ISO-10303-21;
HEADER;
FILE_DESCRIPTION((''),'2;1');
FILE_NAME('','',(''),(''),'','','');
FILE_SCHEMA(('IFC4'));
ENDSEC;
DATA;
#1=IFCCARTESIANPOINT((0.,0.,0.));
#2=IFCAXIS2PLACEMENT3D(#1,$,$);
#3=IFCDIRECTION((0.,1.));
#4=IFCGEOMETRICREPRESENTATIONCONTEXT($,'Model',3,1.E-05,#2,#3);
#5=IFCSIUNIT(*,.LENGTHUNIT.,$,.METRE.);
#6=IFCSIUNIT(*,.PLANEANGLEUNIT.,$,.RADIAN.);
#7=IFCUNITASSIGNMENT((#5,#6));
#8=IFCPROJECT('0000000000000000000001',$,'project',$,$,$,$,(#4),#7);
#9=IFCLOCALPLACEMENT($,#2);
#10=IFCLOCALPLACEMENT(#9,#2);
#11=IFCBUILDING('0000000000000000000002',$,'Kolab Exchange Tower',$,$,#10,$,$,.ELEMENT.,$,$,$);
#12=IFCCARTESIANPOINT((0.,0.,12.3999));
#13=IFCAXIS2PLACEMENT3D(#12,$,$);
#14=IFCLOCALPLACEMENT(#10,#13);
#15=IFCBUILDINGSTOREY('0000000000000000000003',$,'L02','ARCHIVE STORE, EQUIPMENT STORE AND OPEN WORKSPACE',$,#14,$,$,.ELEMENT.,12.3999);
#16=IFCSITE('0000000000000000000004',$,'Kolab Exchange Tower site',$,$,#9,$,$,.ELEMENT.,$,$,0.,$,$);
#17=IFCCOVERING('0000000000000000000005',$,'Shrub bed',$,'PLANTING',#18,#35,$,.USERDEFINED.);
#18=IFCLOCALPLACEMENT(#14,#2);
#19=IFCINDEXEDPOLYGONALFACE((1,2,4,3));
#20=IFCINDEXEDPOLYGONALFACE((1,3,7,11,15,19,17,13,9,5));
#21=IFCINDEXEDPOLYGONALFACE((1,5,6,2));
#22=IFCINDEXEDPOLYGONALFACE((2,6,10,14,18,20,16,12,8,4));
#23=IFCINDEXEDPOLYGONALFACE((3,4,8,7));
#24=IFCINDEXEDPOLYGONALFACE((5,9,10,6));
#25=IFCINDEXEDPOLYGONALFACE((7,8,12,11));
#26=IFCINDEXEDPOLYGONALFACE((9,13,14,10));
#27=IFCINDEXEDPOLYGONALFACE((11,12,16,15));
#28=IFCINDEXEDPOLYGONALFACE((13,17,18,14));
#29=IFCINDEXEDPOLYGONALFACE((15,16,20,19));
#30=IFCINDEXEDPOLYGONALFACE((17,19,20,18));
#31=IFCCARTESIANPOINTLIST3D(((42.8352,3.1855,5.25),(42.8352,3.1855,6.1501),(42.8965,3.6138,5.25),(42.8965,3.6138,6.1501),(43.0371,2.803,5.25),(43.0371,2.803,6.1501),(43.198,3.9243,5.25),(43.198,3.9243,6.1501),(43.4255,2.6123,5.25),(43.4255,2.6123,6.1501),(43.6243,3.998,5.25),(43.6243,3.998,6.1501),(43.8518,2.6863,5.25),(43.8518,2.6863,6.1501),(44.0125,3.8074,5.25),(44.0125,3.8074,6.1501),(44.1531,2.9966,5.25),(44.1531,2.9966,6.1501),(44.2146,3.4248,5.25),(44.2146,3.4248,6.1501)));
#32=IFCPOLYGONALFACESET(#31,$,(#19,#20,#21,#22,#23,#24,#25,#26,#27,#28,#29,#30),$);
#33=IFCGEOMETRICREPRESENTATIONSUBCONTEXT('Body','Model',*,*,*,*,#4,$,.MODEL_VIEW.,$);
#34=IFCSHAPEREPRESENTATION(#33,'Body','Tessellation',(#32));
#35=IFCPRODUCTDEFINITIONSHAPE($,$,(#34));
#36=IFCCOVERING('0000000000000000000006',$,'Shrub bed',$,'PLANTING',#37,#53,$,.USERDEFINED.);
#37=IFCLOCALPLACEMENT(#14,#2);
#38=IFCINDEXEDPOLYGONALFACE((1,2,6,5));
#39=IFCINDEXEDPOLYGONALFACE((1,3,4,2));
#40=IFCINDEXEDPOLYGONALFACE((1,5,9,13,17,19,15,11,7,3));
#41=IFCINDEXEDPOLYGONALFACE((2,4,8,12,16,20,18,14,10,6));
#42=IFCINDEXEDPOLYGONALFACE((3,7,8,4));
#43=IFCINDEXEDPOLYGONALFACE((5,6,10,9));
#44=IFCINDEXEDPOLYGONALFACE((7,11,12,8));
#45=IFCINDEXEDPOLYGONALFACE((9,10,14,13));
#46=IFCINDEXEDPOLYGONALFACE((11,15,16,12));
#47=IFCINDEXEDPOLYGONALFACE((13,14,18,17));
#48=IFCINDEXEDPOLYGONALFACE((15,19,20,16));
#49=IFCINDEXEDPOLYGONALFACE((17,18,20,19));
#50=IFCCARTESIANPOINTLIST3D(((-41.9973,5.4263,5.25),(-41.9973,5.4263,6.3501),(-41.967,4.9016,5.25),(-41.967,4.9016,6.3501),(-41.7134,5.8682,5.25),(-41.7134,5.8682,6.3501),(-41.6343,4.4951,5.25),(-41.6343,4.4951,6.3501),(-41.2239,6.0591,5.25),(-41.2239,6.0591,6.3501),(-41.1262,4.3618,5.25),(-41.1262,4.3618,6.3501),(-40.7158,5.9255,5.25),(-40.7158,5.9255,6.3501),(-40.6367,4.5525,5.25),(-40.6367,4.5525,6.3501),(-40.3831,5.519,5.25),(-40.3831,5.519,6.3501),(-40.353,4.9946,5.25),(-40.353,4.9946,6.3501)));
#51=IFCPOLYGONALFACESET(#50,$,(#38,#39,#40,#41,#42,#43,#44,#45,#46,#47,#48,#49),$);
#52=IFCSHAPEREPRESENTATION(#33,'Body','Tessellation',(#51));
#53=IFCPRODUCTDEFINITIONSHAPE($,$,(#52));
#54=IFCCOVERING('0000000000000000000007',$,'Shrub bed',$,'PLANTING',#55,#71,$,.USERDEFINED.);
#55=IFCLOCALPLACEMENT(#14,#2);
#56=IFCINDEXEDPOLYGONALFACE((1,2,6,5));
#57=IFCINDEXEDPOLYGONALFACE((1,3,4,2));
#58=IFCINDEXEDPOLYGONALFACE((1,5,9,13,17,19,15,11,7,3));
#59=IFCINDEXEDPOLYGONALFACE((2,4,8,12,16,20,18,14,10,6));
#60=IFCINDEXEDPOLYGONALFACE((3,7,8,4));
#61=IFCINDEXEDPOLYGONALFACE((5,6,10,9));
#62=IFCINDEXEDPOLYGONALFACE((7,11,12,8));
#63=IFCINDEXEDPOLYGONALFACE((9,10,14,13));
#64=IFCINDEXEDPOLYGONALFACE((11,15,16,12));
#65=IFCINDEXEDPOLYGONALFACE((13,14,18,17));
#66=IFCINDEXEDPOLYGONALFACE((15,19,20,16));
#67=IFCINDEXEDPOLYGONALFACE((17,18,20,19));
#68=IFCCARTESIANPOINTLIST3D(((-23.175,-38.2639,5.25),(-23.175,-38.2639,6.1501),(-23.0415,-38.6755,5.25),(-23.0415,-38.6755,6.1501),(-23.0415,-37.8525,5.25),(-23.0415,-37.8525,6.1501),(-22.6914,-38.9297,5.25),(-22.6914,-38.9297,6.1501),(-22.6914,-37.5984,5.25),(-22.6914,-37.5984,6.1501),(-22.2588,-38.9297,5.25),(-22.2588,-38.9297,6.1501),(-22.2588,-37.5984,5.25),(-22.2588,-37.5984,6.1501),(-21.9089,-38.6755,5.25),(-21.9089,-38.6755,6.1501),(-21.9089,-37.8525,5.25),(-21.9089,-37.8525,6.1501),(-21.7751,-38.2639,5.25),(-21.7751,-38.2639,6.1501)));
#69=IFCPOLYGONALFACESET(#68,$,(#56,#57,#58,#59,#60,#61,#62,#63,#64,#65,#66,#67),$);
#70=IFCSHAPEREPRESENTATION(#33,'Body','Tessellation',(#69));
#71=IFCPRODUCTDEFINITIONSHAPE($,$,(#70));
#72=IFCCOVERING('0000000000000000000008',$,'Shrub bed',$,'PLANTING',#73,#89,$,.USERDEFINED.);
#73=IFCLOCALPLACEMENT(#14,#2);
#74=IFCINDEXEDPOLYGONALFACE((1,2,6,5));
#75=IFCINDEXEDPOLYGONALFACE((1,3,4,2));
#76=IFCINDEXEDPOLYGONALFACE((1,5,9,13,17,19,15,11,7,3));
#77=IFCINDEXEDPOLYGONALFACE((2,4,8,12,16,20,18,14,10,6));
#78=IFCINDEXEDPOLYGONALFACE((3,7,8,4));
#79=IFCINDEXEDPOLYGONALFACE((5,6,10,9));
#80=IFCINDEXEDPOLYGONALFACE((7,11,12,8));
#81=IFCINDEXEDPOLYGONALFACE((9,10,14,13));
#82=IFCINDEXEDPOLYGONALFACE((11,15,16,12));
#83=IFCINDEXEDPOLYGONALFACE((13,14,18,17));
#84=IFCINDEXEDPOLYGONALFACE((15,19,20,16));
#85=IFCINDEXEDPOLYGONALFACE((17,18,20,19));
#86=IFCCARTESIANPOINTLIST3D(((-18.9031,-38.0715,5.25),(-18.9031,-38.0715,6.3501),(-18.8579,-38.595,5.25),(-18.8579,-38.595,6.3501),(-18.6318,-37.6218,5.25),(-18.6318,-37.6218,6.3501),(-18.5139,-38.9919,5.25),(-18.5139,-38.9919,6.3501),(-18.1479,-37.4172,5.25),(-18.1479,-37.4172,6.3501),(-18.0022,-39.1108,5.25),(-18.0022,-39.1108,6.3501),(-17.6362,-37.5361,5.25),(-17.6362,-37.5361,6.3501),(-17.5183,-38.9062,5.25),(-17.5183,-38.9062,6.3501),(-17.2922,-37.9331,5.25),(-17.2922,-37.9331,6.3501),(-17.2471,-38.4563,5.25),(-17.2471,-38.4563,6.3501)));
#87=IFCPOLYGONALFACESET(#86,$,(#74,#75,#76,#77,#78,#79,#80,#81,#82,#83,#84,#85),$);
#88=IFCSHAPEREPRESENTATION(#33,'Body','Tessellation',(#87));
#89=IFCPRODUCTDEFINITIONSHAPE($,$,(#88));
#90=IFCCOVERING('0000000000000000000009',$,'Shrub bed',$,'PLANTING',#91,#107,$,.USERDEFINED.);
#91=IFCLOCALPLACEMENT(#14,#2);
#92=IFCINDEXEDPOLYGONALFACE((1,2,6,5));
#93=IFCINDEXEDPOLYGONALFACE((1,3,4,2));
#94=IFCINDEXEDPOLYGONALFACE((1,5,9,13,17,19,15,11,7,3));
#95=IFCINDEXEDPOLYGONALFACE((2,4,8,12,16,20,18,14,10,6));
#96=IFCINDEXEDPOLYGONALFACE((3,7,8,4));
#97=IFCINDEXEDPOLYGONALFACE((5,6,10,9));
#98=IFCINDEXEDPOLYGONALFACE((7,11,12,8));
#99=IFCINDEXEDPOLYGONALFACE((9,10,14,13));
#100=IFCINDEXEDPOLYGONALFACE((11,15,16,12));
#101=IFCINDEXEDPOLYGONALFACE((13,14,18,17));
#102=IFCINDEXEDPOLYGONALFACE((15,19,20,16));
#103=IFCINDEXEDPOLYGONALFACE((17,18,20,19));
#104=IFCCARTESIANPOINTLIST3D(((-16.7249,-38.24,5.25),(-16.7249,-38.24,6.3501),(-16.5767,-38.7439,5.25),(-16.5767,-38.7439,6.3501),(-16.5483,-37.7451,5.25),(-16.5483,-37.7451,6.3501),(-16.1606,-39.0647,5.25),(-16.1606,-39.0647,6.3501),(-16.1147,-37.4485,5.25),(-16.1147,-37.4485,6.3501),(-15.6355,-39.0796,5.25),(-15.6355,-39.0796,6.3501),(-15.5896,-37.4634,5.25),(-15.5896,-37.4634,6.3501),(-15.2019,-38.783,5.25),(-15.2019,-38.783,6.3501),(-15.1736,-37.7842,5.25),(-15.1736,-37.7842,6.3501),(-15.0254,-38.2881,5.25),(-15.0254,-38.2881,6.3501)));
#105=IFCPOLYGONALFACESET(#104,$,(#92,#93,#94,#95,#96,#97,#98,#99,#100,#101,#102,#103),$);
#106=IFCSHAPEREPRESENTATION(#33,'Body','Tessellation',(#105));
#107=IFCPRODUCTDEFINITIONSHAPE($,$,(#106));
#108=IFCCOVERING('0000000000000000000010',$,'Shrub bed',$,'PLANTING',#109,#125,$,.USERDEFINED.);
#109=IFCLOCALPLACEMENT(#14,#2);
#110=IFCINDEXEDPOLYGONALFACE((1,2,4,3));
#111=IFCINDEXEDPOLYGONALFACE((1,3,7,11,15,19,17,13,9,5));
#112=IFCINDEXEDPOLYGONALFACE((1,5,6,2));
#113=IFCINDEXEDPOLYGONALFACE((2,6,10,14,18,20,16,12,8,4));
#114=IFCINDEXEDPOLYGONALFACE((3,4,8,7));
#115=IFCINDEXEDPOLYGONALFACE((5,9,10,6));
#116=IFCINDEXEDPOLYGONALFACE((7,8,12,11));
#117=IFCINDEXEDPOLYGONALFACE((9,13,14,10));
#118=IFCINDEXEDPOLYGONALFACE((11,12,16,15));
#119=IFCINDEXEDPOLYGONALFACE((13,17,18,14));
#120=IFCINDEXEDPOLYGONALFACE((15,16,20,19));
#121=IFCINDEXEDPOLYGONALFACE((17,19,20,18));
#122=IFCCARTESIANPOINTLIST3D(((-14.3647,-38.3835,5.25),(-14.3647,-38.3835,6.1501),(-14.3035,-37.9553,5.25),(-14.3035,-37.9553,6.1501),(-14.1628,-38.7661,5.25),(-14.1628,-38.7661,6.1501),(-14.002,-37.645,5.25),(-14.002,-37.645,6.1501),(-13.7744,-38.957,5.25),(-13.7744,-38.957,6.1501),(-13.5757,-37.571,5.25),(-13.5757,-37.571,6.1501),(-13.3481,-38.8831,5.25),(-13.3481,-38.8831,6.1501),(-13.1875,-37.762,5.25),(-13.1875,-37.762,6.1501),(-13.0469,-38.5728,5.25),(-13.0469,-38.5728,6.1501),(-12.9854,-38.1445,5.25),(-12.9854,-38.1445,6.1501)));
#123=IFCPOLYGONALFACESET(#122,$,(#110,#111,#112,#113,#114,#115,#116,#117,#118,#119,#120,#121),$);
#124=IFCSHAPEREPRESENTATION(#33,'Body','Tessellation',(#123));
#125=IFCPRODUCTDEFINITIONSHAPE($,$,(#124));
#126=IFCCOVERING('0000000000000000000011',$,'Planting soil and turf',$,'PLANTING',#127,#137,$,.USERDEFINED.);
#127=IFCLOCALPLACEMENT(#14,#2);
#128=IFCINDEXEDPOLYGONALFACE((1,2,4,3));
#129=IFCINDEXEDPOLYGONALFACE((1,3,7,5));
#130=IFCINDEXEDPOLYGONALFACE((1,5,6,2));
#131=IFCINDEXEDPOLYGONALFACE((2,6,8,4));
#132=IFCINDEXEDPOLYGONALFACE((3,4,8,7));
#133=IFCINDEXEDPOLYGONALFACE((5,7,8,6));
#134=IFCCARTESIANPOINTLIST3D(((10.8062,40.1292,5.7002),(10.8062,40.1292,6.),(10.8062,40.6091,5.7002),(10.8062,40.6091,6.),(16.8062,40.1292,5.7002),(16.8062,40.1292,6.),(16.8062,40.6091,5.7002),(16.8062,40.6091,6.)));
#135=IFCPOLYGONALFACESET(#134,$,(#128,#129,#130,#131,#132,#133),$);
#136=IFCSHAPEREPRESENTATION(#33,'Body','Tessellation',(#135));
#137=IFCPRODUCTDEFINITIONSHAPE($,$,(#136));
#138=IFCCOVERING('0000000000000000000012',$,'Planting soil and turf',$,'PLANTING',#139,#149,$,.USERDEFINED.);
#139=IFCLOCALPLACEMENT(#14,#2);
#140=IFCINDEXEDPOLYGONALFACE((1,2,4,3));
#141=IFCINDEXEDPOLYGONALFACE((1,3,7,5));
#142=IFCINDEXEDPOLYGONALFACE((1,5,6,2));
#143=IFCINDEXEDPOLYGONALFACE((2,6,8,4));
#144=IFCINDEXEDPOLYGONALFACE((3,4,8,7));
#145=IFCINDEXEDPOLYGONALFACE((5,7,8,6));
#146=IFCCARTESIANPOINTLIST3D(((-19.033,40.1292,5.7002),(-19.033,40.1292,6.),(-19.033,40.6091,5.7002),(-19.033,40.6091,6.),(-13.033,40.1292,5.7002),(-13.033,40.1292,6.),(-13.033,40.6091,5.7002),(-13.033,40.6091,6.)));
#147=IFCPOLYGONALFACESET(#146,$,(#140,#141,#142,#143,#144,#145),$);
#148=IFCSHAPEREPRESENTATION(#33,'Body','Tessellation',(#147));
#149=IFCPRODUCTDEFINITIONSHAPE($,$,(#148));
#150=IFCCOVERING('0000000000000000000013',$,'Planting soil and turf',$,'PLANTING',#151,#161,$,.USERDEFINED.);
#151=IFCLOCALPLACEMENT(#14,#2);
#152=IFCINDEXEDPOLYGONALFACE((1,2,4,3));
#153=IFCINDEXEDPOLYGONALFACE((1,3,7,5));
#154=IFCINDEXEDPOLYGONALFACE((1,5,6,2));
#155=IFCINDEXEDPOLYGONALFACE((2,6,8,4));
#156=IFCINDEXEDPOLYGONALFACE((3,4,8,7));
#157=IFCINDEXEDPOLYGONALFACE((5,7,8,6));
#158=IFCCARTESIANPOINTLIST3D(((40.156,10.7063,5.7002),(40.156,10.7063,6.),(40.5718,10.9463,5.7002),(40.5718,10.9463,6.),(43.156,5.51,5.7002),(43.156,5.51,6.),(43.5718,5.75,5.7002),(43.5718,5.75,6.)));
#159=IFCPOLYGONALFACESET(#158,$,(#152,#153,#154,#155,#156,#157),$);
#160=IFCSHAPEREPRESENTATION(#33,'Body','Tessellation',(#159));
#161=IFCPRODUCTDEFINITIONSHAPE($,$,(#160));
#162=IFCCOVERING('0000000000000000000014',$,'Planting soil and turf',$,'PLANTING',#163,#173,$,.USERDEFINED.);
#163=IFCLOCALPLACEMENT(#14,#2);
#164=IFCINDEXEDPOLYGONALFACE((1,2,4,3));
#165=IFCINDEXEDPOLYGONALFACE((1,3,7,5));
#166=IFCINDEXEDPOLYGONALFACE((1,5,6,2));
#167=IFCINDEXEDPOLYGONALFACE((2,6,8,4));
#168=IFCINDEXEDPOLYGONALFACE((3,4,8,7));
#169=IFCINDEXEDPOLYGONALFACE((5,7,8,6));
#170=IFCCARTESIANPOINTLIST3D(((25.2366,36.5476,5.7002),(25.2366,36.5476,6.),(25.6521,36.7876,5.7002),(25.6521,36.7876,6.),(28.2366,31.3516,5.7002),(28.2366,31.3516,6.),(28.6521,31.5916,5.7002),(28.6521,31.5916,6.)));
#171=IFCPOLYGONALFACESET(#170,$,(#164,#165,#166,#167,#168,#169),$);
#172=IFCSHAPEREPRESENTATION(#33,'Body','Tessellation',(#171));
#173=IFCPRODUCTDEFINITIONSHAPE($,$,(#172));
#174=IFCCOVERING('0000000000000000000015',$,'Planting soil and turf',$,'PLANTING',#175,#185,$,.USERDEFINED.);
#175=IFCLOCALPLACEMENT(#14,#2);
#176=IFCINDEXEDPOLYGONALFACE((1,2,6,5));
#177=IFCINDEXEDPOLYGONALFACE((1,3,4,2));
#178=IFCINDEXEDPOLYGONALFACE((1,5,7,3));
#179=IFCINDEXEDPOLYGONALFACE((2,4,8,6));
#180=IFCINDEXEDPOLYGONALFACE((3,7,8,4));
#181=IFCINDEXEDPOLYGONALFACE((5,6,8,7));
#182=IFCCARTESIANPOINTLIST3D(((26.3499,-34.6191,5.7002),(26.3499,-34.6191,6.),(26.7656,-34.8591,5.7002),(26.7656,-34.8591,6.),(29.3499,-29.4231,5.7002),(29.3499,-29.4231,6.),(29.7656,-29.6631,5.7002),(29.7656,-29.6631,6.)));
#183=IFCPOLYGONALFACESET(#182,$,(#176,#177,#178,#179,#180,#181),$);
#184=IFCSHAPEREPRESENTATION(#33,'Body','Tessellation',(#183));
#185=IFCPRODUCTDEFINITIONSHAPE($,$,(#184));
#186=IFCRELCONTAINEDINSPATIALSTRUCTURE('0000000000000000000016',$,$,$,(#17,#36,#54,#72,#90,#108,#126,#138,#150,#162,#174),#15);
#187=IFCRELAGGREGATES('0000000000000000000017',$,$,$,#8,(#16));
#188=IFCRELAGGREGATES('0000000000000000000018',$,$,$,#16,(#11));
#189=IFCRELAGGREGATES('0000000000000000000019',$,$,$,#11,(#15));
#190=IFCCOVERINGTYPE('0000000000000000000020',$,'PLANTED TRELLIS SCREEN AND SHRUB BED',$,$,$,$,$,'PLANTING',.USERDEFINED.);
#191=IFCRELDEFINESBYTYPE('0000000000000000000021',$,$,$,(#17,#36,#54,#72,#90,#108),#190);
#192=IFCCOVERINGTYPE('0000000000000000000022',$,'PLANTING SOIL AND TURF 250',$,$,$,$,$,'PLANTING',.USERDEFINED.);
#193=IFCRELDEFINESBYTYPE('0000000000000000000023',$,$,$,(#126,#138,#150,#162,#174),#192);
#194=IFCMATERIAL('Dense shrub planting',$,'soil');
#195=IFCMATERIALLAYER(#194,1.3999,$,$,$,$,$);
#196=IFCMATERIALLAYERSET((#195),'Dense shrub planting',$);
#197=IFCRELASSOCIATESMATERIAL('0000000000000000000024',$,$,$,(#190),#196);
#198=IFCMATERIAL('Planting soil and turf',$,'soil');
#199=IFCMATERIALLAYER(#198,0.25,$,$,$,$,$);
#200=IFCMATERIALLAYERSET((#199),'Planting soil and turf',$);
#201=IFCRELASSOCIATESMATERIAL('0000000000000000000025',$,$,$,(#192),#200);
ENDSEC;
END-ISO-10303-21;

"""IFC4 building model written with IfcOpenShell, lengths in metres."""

from ifc_helpers import new_model, si_unit, direction, frame, origin, place, context, subcontext, project, spatial, polyline, outline, extrude, material, layer, layer_set, type_object, element, save


model = new_model("IFC4")

# Units and contexts
model_context = context("Model", 3, precision=1e-05, world=origin(), true_north=direction((0.0, 1.0)))
body_context = subcontext(model_context, "Body", "Model", "MODEL_VIEW")
ifc_project = project(units=[si_unit("LENGTHUNIT", "METRE"), si_unit("PLANEANGLEUNIT", "RADIAN")], contexts=[model_context])

# Site, building, storey
site_placement = place(None, origin())
site = spatial("IfcSite", under=ifc_project, at=site_placement, Name="Kolab Exchange Tower site", CompositionType="ELEMENT", RefElevation=0.0)
building_placement = place(site_placement, origin())
building = spatial("IfcBuilding", under=site, at=building_placement, Name="Kolab Exchange Tower", CompositionType="ELEMENT")
storey_placement = place(building_placement, frame((0.0, 0.0, 12.3999)))
storey = spatial("IfcBuildingStorey", under=building, at=storey_placement, Name="L02", Description="ARCHIVE STORE, EQUIPMENT STORE AND OPEN WORKSPACE", CompositionType="ELEMENT", Elevation=12.3999)

# Coverings
ifc_material_1 = material(Name="Dense shrub planting", Category="soil")
ifc_layer_1 = layer(ifc_material_1, 1.3999)
ifc_layer_set_1 = layer_set([ifc_layer_1], Name="Dense shrub planting")
covering_type_1 = type_object("IfcCoveringType", Name="PLANTED TRELLIS SCREEN AND SHRUB BED", ElementType="PLANTING", PredefinedType="USERDEFINED", material=ifc_layer_set_1)
covering_1_placement = place(storey_placement, frame((0.0, 0.0, 5.25)))
element("IfcCovering", 1, at=covering_1_placement, inside=storey, type_object=covering_type_1, Name="Shrub bed", ObjectType="PLANTING", PredefinedType="USERDEFINED", context=body_context, shape_type="SweptSolid", body=[
    extrude(outline(polyline([(44.0125, 3.8074), (43.6243, 3.998), (43.198, 3.9243), (42.8965, 3.6138), (42.8352, 3.1855), (43.0371, 2.803), (43.4255, 2.6123), (43.8518, 2.6863), (44.1531, 2.9966), (44.2146, 3.4248), (44.0125, 3.8074)])), origin(), (0.0, 0.0, 1.0), 0.9001),
])
covering_2_placement = place(storey_placement, frame((0.0, 0.0, 5.25)))
element("IfcCovering", 2, at=covering_2_placement, inside=storey, type_object=covering_type_1, Name="Shrub bed", ObjectType="PLANTING", PredefinedType="USERDEFINED", context=body_context, shape_type="SweptSolid", body=[
    extrude(outline(polyline([(-40.7158, 5.9255), (-41.2239, 6.0591), (-41.7134, 5.8682), (-41.9973, 5.4263), (-41.967, 4.9016), (-41.6343, 4.4951), (-41.1262, 4.3618), (-40.6367, 4.5525), (-40.353, 4.9946), (-40.3831, 5.519), (-40.7158, 5.9255)])), origin(), (0.0, 0.0, 1.0), 1.1001),
])
covering_3_placement = place(storey_placement, frame((0.0, 0.0, 5.25)))
element("IfcCovering", 3, at=covering_3_placement, inside=storey, type_object=covering_type_1, Name="Shrub bed", ObjectType="PLANTING", PredefinedType="USERDEFINED", context=body_context, shape_type="SweptSolid", body=[
    extrude(outline(polyline([(-21.7751, -38.2639), (-21.9089, -37.8525), (-22.2588, -37.5984), (-22.6914, -37.5984), (-23.0415, -37.8525), (-23.175, -38.2639), (-23.0415, -38.6755), (-22.6914, -38.9297), (-22.2588, -38.9297), (-21.9089, -38.6755), (-21.7751, -38.2639)])), origin(), (0.0, 0.0, 1.0), 0.9001),
])
covering_4_placement = place(storey_placement, frame((0.0, 0.0, 5.25)))
element("IfcCovering", 4, at=covering_4_placement, inside=storey, type_object=covering_type_1, Name="Shrub bed", ObjectType="PLANTING", PredefinedType="USERDEFINED", context=body_context, shape_type="SweptSolid", body=[
    extrude(outline(polyline([(-17.2922, -37.9331), (-17.6362, -37.5361), (-18.1479, -37.4172), (-18.6318, -37.6218), (-18.9031, -38.0715), (-18.8579, -38.595), (-18.5139, -38.9919), (-18.0022, -39.1108), (-17.5183, -38.9062), (-17.2471, -38.4563), (-17.2922, -37.9331)])), origin(), (0.0, 0.0, 1.0), 1.1001),
])
covering_5_placement = place(storey_placement, frame((0.0, 0.0, 5.25)))
element("IfcCovering", 5, at=covering_5_placement, inside=storey, type_object=covering_type_1, Name="Shrub bed", ObjectType="PLANTING", PredefinedType="USERDEFINED", context=body_context, shape_type="SweptSolid", body=[
    extrude(outline(polyline([(-15.1736, -37.7842), (-15.5896, -37.4634), (-16.1147, -37.4485), (-16.5483, -37.7451), (-16.7249, -38.24), (-16.5767, -38.7439), (-16.1606, -39.0647), (-15.6355, -39.0796), (-15.2019, -38.783), (-15.0254, -38.2881), (-15.1736, -37.7842)])), origin(), (0.0, 0.0, 1.0), 1.1001),
])
covering_6_placement = place(storey_placement, frame((0.0, 0.0, 5.25)))
element("IfcCovering", 6, at=covering_6_placement, inside=storey, type_object=covering_type_1, Name="Shrub bed", ObjectType="PLANTING", PredefinedType="USERDEFINED", context=body_context, shape_type="SweptSolid", body=[
    extrude(outline(polyline([(-13.1875, -37.762), (-13.5757, -37.571), (-14.002, -37.645), (-14.3035, -37.9553), (-14.3647, -38.3835), (-14.1628, -38.7661), (-13.7744, -38.957), (-13.3481, -38.8831), (-13.0469, -38.5728), (-12.9854, -38.1445), (-13.1875, -37.762)])), origin(), (0.0, 0.0, 1.0), 0.9001),
])
ifc_material_2 = material(Name="Planting soil and turf", Category="soil")
ifc_layer_2 = layer(ifc_material_2, 0.25)
ifc_layer_set_2 = layer_set([ifc_layer_2], Name="Planting soil and turf")
covering_type_2 = type_object("IfcCoveringType", Name="PLANTING SOIL AND TURF 250", ElementType="PLANTING", PredefinedType="USERDEFINED", material=ifc_layer_set_2)
covering_7_placement = place(storey_placement, frame((0.0, 0.0, 5.7002)))
element("IfcCovering", 7, at=covering_7_placement, inside=storey, type_object=covering_type_2, Name="Planting soil and turf", ObjectType="PLANTING", PredefinedType="USERDEFINED", context=body_context, shape_type="SweptSolid", body=[
    extrude(outline(polyline([(16.8062, 40.6091), (16.8062, 40.1292), (10.8062, 40.1292), (10.8062, 40.6091), (16.8062, 40.6091)])), origin(), (0.0, 0.0, 1.0), 0.2998),
])
covering_8_placement = place(storey_placement, frame((0.0, 0.0, 5.7002)))
element("IfcCovering", 8, at=covering_8_placement, inside=storey, type_object=covering_type_2, Name="Planting soil and turf", ObjectType="PLANTING", PredefinedType="USERDEFINED", context=body_context, shape_type="SweptSolid", body=[
    extrude(outline(polyline([(-13.033, 40.6091), (-13.033, 40.1292), (-19.033, 40.1292), (-19.033, 40.6091), (-13.033, 40.6091)])), origin(), (0.0, 0.0, 1.0), 0.2998),
])
covering_9_placement = place(storey_placement, frame((0.0, 0.0, 5.7002)))
element("IfcCovering", 9, at=covering_9_placement, inside=storey, type_object=covering_type_2, Name="Planting soil and turf", ObjectType="PLANTING", PredefinedType="USERDEFINED", context=body_context, shape_type="SweptSolid", body=[
    extrude(outline(polyline([(43.5718, 5.75), (43.156, 5.51), (40.156, 10.7063), (40.5718, 10.9463), (43.5718, 5.75)])), origin(), (0.0, 0.0, 1.0), 0.2998),
])
covering_10_placement = place(storey_placement, frame((0.0, 0.0, 5.7002)))
element("IfcCovering", 10, at=covering_10_placement, inside=storey, type_object=covering_type_2, Name="Planting soil and turf", ObjectType="PLANTING", PredefinedType="USERDEFINED", context=body_context, shape_type="SweptSolid", body=[
    extrude(outline(polyline([(28.6521, 31.5916), (28.2366, 31.3516), (25.2366, 36.5476), (25.6521, 36.7876), (28.6521, 31.5916)])), origin(), (0.0, 0.0, 1.0), 0.2998),
])
covering_11_placement = place(storey_placement, frame((0.0, 0.0, 5.7002)))
element("IfcCovering", 11, at=covering_11_placement, inside=storey, type_object=covering_type_2, Name="Planting soil and turf", ObjectType="PLANTING", PredefinedType="USERDEFINED", context=body_context, shape_type="SweptSolid", body=[
    extrude(outline(polyline([(26.7656, -34.8591), (26.3499, -34.6191), (29.3499, -29.4231), (29.7656, -29.6631), (26.7656, -34.8591)])), origin(), (0.0, 0.0, 1.0), 0.2998),
])

save(model, "model.ifc")
